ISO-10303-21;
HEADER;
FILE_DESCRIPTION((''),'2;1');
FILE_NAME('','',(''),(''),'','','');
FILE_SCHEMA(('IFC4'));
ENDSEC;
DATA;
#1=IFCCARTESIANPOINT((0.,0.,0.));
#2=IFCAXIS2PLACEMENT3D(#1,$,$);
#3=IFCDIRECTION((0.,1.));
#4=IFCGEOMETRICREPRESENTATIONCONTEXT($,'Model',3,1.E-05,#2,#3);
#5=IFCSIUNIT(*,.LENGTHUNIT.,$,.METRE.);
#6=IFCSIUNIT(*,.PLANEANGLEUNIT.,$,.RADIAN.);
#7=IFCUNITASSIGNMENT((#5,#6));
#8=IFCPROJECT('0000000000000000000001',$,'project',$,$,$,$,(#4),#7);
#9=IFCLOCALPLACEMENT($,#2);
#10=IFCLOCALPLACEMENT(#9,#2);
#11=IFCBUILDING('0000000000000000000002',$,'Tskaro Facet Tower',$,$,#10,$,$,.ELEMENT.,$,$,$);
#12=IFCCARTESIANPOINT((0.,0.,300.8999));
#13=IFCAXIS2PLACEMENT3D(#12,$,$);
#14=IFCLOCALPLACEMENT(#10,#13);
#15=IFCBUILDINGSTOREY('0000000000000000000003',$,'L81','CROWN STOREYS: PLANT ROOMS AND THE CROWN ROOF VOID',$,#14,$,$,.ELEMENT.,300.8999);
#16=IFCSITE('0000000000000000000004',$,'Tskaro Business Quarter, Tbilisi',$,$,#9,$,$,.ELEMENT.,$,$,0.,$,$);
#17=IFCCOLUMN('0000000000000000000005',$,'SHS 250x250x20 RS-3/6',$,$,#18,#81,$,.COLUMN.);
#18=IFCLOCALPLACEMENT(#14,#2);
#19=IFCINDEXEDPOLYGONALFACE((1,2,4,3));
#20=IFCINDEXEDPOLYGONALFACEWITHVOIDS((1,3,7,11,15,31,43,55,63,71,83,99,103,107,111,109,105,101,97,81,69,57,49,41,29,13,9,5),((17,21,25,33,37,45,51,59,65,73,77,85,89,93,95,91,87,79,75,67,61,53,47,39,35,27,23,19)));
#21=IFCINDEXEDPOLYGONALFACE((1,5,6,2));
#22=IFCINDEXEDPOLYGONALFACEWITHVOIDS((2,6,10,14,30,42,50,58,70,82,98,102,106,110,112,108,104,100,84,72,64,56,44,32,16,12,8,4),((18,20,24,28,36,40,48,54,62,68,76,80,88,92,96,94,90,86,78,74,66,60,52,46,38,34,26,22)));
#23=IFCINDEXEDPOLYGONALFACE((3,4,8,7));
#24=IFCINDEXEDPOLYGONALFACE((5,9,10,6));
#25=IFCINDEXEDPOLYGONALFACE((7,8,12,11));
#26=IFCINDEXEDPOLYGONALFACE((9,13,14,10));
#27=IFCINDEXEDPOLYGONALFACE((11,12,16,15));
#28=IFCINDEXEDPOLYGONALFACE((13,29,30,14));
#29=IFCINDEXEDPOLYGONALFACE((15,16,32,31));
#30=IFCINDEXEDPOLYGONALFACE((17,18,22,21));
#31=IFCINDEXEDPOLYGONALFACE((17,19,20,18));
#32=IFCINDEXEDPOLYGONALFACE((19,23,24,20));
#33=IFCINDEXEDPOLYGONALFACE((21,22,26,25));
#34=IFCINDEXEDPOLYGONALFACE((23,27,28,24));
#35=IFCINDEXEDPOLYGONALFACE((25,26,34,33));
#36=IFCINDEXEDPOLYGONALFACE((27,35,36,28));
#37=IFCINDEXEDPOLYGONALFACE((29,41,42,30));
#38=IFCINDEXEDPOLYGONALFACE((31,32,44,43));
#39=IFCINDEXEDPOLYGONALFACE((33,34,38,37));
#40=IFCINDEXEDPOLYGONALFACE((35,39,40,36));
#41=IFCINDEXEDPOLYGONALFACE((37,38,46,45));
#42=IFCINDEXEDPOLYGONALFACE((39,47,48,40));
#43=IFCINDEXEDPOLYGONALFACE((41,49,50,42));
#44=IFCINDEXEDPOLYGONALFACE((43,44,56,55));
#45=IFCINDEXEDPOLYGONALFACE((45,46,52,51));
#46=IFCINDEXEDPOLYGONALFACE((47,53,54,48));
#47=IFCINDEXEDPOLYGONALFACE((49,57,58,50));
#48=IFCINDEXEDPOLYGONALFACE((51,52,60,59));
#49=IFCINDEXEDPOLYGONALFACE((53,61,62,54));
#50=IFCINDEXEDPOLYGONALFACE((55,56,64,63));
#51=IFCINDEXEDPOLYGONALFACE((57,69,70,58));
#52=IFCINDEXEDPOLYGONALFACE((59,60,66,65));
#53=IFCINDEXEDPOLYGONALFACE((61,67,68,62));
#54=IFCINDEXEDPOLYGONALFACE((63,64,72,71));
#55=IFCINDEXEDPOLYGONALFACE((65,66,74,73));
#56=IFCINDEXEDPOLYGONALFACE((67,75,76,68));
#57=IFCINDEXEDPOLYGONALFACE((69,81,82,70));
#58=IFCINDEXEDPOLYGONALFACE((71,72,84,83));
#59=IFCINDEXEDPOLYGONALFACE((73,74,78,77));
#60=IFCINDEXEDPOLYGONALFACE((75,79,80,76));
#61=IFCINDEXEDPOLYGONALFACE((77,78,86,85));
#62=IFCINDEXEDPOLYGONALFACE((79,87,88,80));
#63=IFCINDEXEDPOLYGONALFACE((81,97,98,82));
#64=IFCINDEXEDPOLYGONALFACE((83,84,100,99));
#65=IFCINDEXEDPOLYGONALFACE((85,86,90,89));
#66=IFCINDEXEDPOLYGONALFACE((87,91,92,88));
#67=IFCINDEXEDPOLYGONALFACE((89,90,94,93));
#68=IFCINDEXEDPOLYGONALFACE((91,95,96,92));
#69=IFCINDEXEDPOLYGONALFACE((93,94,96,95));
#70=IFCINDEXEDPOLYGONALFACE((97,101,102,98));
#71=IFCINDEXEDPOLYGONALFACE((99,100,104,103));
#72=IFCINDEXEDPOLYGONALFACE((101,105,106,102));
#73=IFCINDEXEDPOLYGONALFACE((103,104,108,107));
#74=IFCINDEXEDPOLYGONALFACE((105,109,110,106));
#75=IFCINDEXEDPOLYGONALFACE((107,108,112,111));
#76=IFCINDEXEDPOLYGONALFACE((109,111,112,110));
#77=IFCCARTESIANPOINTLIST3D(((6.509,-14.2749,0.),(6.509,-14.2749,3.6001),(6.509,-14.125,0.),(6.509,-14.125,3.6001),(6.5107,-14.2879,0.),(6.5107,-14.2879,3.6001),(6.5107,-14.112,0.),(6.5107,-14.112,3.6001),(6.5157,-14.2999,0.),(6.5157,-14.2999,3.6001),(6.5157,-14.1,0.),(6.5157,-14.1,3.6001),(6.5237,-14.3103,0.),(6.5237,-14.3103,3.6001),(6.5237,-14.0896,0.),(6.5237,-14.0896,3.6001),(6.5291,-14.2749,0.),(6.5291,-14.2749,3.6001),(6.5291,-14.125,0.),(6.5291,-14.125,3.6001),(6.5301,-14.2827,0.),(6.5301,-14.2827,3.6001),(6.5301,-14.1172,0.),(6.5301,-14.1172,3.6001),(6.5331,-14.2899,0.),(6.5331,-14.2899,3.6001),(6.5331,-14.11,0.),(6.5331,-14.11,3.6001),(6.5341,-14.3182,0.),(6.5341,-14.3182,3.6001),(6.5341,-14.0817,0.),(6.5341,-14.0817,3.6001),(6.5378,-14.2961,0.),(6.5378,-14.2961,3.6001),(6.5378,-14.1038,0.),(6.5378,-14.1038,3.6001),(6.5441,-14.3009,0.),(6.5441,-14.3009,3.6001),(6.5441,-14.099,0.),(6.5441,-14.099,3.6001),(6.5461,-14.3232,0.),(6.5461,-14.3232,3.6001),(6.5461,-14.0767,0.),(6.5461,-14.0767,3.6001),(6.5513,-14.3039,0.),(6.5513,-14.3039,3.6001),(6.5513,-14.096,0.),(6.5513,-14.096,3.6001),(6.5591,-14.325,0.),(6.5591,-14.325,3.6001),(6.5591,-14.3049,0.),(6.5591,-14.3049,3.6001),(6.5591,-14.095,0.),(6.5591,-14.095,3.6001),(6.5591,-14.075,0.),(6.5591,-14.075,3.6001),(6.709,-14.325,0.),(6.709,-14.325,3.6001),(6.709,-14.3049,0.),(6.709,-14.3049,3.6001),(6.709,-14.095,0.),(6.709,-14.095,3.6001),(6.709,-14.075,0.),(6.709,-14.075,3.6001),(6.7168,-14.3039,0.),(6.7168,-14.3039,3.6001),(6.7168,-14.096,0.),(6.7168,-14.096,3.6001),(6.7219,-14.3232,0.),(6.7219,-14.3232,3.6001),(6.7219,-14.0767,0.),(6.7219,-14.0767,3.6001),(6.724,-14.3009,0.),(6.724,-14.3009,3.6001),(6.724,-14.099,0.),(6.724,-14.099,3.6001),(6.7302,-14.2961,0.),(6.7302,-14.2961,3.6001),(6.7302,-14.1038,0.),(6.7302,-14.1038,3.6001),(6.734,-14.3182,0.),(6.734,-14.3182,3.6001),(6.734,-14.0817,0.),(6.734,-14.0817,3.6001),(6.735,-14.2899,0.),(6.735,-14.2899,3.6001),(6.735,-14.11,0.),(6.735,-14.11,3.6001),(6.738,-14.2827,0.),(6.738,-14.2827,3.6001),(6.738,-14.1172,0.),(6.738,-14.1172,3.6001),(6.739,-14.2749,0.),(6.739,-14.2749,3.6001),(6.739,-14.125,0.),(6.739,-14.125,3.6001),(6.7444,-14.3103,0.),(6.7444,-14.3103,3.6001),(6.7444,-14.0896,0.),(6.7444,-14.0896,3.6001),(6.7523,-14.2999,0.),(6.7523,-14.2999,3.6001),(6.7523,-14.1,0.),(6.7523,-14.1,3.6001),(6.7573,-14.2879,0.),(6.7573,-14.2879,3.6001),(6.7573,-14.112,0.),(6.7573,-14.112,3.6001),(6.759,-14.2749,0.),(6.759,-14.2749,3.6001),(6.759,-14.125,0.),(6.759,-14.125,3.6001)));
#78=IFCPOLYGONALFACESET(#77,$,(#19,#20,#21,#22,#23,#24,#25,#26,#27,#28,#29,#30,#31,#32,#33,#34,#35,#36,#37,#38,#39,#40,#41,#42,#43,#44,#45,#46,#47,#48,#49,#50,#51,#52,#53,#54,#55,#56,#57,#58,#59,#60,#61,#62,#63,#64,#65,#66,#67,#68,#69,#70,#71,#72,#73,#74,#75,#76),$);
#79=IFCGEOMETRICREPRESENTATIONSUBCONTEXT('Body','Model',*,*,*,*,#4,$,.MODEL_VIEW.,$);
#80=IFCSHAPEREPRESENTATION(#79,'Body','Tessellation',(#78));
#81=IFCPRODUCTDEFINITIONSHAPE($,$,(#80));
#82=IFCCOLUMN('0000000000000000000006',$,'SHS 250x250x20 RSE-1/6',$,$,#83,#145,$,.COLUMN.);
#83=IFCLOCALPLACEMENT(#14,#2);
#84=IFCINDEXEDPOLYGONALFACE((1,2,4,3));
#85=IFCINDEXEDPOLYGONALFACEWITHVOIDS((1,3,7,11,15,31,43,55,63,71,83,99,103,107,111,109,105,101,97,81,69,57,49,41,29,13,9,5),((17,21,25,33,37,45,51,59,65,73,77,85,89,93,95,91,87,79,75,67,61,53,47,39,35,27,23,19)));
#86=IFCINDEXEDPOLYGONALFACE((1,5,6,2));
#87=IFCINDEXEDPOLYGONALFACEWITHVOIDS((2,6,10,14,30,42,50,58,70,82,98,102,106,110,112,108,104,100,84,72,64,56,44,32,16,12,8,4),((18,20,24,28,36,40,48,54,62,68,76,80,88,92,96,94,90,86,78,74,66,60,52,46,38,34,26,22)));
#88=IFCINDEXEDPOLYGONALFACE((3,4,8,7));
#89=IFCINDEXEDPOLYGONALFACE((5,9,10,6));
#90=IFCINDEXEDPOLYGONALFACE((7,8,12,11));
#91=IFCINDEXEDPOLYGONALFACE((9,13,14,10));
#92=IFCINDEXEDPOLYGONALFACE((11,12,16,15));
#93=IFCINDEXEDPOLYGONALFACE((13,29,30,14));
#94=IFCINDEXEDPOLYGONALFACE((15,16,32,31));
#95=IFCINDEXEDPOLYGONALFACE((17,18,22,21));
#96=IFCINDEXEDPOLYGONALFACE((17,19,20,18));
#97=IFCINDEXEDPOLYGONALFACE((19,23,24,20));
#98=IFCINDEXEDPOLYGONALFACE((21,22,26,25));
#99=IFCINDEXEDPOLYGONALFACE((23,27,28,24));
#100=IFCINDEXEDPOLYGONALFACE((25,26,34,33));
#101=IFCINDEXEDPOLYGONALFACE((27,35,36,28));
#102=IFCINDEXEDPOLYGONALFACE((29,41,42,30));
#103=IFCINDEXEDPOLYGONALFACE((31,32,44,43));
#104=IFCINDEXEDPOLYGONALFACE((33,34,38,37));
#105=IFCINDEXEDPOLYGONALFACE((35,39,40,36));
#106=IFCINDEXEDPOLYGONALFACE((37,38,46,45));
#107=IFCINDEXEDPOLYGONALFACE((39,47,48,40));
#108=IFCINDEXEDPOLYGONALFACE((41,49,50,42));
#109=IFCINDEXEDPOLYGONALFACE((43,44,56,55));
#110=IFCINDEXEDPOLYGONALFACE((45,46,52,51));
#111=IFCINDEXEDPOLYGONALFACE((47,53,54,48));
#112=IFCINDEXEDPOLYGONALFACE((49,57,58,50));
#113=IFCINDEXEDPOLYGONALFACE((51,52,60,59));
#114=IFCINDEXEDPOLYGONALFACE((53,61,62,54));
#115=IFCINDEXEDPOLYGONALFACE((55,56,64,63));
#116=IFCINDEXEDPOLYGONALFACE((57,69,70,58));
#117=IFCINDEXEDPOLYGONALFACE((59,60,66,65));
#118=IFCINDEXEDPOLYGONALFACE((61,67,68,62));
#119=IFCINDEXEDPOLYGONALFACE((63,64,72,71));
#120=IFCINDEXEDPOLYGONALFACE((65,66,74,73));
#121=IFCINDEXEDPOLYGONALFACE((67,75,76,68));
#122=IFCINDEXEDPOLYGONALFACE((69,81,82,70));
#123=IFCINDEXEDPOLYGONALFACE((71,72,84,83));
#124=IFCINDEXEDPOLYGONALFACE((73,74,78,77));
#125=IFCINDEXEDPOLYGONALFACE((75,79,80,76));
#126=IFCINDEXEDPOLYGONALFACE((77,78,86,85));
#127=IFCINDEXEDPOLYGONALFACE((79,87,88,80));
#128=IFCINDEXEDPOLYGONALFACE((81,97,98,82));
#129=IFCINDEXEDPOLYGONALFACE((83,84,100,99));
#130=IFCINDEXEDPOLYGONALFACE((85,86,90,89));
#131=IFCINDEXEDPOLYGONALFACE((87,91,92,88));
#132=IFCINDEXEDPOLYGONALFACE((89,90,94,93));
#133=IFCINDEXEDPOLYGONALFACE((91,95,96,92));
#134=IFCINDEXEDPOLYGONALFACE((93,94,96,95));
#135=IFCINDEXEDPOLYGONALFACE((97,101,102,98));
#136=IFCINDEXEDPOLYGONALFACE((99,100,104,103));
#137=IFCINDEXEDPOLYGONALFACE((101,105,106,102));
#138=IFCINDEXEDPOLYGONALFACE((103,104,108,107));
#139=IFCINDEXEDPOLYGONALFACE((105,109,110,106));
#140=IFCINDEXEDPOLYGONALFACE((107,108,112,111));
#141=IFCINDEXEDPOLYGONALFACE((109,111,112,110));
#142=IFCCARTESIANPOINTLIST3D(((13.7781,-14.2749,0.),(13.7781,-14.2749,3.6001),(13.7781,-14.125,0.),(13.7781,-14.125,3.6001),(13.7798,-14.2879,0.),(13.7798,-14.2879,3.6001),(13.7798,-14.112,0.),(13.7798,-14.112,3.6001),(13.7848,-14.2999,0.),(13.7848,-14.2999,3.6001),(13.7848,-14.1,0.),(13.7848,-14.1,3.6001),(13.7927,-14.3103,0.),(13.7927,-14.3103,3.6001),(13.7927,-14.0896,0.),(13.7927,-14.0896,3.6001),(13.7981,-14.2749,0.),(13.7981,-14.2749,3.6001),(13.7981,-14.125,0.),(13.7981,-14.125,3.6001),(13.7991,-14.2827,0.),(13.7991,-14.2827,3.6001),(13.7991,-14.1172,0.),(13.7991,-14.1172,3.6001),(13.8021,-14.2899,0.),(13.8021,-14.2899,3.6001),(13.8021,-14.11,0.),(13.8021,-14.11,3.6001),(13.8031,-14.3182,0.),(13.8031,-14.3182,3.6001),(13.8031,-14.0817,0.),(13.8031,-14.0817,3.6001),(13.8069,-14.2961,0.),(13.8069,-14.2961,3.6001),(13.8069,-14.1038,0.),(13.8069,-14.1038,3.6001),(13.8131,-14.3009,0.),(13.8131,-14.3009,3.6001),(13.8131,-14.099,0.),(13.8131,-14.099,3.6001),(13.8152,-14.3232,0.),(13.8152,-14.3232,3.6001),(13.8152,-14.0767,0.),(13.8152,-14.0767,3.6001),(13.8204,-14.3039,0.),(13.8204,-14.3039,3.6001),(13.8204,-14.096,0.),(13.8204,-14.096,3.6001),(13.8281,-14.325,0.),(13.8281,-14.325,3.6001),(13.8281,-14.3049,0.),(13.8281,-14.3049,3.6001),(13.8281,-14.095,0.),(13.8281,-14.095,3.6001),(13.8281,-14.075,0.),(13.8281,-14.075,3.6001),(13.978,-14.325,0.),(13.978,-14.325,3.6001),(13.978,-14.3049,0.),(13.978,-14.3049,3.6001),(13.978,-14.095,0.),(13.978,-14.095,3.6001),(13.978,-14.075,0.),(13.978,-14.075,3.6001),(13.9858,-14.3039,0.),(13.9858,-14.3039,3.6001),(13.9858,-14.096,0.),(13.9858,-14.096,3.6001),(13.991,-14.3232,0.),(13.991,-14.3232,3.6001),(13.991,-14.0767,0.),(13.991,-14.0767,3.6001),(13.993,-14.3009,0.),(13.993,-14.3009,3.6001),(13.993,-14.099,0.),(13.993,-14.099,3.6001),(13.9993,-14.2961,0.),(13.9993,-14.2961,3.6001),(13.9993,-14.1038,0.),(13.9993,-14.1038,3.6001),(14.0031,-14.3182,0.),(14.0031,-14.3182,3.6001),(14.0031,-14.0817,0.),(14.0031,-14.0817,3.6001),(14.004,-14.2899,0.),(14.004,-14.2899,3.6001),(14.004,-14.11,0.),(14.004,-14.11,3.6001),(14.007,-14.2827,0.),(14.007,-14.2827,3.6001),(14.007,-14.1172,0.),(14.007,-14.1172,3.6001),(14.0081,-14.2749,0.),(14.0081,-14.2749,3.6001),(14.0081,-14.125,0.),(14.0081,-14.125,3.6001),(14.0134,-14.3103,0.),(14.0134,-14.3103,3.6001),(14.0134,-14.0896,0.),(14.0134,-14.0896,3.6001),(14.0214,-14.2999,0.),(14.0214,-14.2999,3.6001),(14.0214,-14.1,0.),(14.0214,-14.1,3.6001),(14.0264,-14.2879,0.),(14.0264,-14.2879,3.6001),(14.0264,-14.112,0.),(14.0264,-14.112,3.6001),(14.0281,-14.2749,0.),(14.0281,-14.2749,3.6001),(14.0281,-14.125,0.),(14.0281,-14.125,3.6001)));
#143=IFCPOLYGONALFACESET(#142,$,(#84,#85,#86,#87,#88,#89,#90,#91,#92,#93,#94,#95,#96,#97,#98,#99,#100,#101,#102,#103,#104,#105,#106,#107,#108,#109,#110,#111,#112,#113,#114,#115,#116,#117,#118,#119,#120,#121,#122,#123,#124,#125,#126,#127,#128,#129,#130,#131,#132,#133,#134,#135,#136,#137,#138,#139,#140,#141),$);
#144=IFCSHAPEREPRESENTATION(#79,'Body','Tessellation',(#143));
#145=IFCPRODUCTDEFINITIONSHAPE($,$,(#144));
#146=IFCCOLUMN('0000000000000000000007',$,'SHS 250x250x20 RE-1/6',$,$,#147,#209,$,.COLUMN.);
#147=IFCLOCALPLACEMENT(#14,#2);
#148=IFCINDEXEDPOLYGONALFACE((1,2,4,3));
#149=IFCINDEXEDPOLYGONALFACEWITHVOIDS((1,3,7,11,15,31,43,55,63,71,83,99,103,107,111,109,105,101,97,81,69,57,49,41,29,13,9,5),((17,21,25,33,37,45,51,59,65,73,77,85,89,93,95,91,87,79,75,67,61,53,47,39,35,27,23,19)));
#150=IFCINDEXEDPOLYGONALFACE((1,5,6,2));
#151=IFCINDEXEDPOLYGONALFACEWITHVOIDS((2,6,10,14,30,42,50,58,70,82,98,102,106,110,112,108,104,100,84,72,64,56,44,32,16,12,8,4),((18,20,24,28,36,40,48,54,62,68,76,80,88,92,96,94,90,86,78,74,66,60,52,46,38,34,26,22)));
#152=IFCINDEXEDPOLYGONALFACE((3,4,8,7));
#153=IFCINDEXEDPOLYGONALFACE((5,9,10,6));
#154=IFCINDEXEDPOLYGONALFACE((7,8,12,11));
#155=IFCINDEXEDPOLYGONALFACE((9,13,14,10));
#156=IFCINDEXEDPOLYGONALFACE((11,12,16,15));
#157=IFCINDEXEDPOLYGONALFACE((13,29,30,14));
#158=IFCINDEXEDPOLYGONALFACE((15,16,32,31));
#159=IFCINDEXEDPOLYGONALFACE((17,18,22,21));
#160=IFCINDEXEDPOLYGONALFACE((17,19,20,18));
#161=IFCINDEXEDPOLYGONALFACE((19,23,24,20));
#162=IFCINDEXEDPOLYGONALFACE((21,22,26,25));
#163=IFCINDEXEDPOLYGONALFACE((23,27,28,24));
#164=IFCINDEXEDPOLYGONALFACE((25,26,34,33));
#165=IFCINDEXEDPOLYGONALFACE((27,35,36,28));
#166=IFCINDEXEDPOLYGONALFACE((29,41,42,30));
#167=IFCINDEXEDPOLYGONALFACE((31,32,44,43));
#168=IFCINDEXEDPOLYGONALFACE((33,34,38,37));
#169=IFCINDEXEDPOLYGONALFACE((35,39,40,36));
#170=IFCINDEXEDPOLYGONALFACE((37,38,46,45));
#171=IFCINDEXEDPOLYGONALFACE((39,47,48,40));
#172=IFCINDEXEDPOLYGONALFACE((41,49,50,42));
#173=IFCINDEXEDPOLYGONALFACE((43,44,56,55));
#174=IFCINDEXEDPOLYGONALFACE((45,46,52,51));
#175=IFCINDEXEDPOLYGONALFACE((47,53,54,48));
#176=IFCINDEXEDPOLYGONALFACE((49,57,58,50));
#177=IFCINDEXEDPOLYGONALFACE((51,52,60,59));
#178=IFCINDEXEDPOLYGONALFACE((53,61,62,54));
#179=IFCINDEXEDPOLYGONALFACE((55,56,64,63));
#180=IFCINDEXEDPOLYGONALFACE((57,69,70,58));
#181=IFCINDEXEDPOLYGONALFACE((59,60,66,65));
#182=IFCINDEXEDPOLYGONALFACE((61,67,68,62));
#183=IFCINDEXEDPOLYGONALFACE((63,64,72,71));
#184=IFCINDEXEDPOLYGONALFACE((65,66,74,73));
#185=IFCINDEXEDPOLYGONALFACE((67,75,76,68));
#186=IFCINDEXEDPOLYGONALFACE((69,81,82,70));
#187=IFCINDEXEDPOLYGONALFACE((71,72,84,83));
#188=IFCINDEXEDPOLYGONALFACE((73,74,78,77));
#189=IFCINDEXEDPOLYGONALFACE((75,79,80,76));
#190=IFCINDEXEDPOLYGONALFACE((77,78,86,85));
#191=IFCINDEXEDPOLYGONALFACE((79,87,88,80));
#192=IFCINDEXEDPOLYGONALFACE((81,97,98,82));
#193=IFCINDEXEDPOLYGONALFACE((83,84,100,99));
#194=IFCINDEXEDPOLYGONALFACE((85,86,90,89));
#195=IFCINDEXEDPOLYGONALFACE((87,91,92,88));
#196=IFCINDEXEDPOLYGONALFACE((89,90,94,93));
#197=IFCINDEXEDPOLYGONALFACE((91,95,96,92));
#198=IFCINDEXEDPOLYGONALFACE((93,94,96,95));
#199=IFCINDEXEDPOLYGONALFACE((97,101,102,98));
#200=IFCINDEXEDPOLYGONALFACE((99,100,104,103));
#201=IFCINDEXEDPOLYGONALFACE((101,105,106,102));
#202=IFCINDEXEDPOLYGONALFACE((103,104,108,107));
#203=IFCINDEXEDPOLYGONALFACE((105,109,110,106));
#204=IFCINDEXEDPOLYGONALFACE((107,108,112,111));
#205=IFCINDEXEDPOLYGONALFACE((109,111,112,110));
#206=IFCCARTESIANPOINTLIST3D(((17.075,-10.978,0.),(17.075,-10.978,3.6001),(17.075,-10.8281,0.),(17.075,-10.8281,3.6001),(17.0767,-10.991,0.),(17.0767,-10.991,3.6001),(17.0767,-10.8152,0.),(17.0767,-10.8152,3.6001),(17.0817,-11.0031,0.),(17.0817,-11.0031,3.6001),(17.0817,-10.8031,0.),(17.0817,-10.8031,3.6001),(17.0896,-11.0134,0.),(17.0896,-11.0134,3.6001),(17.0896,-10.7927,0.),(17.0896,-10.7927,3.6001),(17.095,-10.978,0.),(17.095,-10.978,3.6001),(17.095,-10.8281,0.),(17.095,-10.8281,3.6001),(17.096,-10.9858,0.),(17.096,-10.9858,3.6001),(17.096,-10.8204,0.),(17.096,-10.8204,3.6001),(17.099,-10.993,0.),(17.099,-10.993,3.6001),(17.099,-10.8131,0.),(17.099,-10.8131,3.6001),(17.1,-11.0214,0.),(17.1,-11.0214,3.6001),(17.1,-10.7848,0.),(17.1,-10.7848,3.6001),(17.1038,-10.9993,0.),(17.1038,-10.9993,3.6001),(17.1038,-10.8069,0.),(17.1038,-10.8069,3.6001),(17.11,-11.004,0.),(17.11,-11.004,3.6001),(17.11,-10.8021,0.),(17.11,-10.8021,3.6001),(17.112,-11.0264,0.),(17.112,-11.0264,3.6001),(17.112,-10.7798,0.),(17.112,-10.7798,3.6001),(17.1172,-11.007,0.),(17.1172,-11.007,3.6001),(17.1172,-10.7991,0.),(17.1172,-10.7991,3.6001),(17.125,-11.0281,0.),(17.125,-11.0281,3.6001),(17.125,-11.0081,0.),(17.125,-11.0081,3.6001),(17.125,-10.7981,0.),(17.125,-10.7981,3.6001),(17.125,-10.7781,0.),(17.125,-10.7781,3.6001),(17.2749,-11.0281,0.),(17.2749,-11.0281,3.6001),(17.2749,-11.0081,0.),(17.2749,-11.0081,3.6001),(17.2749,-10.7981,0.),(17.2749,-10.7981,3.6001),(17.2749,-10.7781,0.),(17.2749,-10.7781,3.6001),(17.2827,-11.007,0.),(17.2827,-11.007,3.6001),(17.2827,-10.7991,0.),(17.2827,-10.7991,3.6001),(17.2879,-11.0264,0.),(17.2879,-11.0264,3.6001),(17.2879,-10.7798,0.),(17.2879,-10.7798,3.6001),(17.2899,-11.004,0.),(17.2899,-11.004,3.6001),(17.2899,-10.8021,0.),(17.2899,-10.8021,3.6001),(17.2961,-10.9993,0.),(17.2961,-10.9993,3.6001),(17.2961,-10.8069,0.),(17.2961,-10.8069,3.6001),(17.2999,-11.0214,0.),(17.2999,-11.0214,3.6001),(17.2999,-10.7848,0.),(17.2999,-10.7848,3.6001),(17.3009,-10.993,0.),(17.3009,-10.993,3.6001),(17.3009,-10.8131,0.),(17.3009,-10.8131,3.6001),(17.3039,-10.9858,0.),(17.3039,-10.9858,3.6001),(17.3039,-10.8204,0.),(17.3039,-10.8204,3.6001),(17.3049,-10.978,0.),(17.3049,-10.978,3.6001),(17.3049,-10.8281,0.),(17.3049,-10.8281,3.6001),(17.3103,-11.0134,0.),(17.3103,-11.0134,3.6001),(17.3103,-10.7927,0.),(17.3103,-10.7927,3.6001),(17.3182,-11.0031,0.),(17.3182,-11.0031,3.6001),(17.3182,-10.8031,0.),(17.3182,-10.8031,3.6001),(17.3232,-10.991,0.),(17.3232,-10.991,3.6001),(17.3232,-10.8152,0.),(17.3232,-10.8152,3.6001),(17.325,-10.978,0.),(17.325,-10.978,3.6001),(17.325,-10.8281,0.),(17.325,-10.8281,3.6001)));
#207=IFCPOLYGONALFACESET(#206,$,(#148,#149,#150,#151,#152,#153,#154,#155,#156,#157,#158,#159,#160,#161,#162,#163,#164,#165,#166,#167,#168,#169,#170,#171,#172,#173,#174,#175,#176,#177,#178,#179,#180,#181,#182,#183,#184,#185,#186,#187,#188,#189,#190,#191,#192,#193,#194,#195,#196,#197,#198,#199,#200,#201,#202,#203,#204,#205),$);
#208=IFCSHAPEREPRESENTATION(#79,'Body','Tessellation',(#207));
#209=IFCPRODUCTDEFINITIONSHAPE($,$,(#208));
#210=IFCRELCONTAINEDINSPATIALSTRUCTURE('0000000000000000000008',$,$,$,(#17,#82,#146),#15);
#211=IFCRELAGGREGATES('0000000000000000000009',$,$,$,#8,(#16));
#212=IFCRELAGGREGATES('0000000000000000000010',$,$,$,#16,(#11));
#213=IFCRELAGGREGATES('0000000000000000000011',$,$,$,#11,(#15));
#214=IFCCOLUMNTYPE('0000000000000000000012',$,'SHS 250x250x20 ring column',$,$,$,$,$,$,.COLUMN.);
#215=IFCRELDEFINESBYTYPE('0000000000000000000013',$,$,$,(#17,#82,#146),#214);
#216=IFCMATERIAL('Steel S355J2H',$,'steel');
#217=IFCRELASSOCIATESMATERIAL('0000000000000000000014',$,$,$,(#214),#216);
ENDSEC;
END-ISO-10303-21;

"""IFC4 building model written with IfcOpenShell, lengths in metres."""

from ifc_helpers import new_model, si_unit, direction, frame, origin, origin_2d, place, context, subcontext, project, spatial, hollow_rectangle, extrude, material, material_profile, profile_set, type_object, element, save


model = new_model("IFC4")

# Units and contexts
model_context = context("Model", 3, precision=1e-05, world=origin(), true_north=direction((0.0, 1.0)))
body_context = subcontext(model_context, "Body", "Model", "MODEL_VIEW")
ifc_project = project(units=[si_unit("LENGTHUNIT", "METRE"), si_unit("PLANEANGLEUNIT", "RADIAN")], contexts=[model_context])

# Site, building, storey
site_placement = place(None, origin())
site = spatial("IfcSite", under=ifc_project, at=site_placement, Name="Tskaro Business Quarter, Tbilisi", CompositionType="ELEMENT", RefElevation=0.0)
building_placement = place(site_placement, origin())
building = spatial("IfcBuilding", under=site, at=building_placement, Name="Tskaro Facet Tower", CompositionType="ELEMENT")
storey_placement = place(building_placement, frame((0.0, 0.0, 300.8999)))
storey = spatial("IfcBuildingStorey", under=building, at=storey_placement, Name="L81", Description="CROWN STOREYS: PLANT ROOMS AND THE CROWN ROOF VOID", CompositionType="ELEMENT", Elevation=300.8999)

# Columns
ifc_material_1 = material(Name="Steel S355J2H", Category="steel")
ifc_material_profile_1 = material_profile(ifc_material_1, hollow_rectangle(XDim=0.25, YDim=0.25, WallThickness=0.02, InnerFilletRadius=0.03, OuterFilletRadius=0.05, at=origin_2d()), Name="SHS 250x250x20")
ifc_profile_set_1 = profile_set([ifc_material_profile_1], Name="Steel S355J2H")
column_type = type_object("IfcColumnType", Name="SHS 250x250x20 ring column", PredefinedType="COLUMN", material=ifc_profile_set_1)
for number, where, z_axis, x_axis, name in (
    (1, (6.634, -14.2, 0.0), (0.0, 0.0, 1.0), (1.0, 0.0, 0.0), "SHS 250x250x20 RS-3/6"),
    (2, (13.9031, -14.2, 0.0), (0.0, 0.0, 1.0), (1.0, 0.0, 0.0), "SHS 250x250x20 RSE-1/6"),
    (3, (17.2, -10.9031, 0.0), (0.0, 0.0, 1.0), (1.0, 0.0, 0.0), "SHS 250x250x20 RE-1/6"),
):
    element("IfcColumn", number, at=place(storey_placement, frame(where, z_axis=z_axis, x_axis=x_axis)), inside=storey, type_object=column_type, Name=name, PredefinedType="COLUMN", context=body_context, shape_type="SweptSolid", body=[
        extrude(hollow_rectangle(XDim=0.25, YDim=0.25, WallThickness=0.02, InnerFilletRadius=0.03, OuterFilletRadius=0.05, at=origin_2d()), origin(), (0.0, 0.0, 1.0), 3.6001),
    ])

save(model, "model.ifc")
